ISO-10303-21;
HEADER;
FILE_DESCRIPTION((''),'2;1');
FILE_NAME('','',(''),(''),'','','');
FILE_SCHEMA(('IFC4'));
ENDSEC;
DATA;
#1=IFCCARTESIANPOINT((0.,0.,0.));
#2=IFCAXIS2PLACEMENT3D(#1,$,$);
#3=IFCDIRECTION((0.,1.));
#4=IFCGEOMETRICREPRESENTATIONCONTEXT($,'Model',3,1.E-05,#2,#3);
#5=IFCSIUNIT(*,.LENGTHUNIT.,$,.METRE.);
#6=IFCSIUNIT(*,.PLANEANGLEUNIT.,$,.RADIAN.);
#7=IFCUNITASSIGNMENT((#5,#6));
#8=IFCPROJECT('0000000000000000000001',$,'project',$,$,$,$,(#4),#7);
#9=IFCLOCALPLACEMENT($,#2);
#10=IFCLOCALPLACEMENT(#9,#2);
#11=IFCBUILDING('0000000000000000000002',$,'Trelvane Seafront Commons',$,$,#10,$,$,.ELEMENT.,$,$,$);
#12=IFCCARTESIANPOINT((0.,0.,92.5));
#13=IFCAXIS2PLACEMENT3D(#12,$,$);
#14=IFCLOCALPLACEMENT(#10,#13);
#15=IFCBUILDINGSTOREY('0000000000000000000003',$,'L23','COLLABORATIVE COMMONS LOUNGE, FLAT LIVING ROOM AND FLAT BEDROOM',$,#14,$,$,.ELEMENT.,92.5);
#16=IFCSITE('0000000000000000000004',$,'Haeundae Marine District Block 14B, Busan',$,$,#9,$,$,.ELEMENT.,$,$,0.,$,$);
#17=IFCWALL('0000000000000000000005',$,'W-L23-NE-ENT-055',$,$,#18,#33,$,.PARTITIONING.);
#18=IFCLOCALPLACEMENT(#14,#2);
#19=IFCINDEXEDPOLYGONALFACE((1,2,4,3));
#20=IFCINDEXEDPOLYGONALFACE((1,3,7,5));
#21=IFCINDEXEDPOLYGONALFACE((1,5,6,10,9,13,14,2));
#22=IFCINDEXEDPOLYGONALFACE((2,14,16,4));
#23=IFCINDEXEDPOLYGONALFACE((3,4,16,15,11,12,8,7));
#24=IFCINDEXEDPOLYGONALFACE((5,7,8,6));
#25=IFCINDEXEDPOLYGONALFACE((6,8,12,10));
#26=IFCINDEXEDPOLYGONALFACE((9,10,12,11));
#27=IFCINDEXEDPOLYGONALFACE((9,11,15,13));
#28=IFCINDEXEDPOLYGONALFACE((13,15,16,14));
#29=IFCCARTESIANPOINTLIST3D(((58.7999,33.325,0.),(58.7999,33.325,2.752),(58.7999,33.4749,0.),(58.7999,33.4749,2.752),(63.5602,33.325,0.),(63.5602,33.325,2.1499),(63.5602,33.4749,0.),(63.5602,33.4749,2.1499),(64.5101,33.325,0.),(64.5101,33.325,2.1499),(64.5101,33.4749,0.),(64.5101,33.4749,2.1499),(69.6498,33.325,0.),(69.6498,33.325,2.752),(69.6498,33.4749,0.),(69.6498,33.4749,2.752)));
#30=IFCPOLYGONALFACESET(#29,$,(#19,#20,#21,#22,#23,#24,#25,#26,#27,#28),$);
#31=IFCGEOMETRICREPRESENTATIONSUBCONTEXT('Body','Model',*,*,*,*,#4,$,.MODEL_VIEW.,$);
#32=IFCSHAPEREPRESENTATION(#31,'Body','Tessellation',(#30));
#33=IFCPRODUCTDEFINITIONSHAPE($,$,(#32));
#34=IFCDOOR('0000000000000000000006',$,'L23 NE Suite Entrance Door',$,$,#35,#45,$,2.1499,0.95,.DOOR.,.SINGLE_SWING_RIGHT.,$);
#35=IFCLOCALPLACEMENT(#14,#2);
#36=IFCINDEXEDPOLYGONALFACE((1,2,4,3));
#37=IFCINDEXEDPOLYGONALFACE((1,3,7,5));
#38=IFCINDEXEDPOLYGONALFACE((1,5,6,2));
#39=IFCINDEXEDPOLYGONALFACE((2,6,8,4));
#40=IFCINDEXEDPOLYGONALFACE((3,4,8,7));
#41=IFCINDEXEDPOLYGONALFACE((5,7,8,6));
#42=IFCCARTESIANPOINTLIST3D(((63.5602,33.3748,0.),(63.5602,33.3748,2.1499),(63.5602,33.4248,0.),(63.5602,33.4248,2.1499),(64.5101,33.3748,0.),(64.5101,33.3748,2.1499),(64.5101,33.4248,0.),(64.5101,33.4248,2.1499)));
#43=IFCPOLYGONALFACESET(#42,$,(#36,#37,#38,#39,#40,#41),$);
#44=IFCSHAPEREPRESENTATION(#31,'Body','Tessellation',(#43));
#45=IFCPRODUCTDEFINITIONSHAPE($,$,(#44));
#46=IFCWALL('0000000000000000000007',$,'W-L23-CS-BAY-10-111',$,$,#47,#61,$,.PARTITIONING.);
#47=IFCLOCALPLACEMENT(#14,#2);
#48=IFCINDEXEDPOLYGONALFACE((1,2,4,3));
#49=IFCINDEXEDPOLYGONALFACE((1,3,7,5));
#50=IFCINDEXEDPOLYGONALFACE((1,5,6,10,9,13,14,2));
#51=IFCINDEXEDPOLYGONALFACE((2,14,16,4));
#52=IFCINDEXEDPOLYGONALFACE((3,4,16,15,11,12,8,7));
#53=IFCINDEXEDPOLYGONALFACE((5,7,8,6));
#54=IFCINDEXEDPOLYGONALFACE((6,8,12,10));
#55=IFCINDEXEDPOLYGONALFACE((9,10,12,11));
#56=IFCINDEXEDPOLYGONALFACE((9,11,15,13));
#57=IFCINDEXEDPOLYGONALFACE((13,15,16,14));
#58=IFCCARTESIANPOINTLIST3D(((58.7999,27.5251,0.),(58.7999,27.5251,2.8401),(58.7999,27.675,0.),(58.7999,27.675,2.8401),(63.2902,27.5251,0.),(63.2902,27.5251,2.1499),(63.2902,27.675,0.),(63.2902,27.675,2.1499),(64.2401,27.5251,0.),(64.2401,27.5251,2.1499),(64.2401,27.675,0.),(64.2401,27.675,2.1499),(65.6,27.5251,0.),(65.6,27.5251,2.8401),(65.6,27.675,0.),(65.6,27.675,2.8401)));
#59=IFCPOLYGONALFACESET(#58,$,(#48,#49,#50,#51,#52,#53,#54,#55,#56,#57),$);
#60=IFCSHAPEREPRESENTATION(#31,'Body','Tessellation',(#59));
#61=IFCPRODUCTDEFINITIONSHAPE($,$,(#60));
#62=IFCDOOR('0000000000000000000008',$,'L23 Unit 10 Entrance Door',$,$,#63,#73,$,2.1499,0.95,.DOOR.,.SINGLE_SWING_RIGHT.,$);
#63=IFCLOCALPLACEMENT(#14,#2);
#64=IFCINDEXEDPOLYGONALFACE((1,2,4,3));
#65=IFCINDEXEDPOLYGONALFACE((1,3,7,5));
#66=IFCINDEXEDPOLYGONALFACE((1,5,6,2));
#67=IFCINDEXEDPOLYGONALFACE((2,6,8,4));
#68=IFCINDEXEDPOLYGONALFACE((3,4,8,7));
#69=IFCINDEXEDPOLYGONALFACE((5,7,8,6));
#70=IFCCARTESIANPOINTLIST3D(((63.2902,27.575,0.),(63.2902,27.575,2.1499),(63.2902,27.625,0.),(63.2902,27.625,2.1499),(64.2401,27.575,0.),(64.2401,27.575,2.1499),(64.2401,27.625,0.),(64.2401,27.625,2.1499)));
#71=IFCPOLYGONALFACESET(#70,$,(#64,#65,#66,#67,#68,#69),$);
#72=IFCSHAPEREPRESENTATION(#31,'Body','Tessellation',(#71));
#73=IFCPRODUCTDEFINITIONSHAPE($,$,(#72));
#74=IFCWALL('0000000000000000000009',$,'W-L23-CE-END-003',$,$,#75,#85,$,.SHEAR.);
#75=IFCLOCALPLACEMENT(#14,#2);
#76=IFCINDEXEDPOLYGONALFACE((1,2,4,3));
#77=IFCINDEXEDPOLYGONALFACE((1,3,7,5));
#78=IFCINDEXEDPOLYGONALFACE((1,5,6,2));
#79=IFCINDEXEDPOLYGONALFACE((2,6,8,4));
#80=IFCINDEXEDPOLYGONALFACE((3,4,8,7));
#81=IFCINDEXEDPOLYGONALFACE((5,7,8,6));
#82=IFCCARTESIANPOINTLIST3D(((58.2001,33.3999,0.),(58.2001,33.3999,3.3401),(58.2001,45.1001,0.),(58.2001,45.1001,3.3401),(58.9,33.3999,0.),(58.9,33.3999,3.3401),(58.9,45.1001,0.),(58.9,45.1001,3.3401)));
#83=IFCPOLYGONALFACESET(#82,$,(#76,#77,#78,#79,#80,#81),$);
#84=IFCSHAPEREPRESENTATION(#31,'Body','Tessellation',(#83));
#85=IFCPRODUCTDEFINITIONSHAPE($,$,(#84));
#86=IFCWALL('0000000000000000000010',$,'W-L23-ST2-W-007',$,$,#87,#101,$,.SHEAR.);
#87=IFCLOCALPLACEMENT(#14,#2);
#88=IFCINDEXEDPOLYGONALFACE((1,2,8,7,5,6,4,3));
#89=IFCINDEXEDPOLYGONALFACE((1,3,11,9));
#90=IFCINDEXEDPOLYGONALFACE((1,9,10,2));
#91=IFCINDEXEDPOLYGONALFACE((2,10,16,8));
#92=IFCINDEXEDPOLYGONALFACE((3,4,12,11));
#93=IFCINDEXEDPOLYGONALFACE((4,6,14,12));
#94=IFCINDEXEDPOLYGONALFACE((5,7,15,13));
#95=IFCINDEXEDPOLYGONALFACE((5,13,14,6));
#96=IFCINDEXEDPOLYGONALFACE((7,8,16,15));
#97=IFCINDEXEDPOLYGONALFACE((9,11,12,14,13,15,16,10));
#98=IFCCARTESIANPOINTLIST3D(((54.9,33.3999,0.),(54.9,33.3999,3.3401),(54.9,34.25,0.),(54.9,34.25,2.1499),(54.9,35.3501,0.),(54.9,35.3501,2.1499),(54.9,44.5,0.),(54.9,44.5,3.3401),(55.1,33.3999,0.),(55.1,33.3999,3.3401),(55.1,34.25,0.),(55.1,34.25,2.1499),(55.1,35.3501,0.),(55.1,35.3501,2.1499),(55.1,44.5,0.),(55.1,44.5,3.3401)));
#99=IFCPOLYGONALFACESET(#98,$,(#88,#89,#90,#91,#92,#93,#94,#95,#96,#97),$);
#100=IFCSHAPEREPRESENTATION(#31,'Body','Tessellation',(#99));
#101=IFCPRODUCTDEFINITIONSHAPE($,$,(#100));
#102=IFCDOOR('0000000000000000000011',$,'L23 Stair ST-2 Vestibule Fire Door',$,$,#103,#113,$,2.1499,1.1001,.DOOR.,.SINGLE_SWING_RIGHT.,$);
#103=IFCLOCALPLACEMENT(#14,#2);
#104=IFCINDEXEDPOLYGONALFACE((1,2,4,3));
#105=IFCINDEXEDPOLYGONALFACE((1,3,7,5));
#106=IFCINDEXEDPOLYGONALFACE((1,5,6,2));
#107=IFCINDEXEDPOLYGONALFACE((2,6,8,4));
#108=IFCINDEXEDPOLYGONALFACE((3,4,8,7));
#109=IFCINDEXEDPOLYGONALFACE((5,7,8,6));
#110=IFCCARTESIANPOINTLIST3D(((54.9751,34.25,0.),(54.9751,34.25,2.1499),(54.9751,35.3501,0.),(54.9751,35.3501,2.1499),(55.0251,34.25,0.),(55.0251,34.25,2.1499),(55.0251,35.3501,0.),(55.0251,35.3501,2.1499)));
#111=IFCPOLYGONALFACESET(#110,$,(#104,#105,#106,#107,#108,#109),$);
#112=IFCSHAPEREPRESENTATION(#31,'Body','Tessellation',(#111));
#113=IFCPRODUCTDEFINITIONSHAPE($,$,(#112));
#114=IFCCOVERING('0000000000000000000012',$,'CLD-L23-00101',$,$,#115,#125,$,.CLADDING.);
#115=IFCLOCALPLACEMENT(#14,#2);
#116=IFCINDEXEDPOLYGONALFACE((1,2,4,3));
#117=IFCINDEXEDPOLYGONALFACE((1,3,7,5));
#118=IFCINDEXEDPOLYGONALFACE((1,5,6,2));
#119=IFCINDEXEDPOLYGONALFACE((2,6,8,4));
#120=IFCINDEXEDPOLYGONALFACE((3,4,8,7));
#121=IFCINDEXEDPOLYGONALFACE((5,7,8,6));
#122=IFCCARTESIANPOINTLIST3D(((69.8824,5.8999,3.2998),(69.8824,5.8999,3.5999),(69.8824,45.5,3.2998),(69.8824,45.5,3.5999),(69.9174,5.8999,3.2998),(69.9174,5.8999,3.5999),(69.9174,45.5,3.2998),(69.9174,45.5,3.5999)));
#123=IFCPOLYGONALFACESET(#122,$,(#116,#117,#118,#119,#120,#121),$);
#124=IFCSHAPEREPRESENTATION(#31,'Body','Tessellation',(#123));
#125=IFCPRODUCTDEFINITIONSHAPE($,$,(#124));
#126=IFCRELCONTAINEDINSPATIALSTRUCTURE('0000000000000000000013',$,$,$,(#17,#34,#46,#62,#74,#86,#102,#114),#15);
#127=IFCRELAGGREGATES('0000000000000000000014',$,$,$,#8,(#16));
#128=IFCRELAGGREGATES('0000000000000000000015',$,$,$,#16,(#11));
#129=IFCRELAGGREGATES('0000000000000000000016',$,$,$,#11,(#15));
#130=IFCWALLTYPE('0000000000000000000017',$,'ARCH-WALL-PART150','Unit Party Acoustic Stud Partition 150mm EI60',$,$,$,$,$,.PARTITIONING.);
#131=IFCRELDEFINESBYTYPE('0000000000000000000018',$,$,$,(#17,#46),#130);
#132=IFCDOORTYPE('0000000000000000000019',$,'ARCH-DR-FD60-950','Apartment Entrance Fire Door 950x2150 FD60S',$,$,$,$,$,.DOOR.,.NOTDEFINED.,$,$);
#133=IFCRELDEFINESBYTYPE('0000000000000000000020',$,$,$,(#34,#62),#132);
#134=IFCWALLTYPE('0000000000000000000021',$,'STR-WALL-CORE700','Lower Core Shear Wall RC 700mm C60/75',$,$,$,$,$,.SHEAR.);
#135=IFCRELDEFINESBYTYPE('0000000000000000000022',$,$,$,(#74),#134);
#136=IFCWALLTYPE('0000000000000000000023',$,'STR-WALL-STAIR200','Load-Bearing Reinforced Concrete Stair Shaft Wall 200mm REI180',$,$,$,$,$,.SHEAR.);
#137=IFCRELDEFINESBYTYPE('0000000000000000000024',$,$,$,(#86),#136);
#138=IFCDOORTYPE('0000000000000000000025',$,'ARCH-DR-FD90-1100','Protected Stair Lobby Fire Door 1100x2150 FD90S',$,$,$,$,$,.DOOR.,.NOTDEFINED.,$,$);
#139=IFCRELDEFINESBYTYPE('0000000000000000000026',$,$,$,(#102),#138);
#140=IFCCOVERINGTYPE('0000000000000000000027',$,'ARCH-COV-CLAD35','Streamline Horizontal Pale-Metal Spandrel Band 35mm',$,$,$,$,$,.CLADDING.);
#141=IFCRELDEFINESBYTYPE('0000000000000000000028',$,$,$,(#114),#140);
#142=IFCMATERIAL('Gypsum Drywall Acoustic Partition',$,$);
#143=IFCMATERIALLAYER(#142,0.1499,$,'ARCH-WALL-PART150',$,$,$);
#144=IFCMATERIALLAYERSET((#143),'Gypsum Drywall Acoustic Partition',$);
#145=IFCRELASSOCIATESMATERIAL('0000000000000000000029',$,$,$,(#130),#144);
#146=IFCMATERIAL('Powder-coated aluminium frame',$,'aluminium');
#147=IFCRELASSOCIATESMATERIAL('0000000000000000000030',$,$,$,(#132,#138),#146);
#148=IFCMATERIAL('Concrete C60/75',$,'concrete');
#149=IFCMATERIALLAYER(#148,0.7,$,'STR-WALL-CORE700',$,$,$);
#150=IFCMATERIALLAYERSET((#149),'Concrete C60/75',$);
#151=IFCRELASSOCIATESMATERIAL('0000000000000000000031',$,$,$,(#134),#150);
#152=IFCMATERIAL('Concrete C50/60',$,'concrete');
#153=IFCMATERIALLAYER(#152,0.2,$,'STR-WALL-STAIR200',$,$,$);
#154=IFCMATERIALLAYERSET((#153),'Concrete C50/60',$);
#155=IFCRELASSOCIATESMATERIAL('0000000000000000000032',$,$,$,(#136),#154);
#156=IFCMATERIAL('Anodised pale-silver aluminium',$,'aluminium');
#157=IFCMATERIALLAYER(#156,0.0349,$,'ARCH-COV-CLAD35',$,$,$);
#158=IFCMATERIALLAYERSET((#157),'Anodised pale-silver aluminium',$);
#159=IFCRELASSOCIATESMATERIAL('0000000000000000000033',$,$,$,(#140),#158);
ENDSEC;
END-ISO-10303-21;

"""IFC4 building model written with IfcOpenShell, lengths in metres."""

from ifc_helpers import new_model, si_unit, direction, frame, frame_2d, origin, origin_2d, place, context, subcontext, project, spatial, rectangle, extrude, source, transform, mapped, material, layer, layer_set, type_object, element, fill, save


model = new_model("IFC4")

# Units and contexts
model_context = context("Model", 3, precision=1e-05, world=origin(), true_north=direction((0.0, 1.0)))
body_context = subcontext(model_context, "Body", "Model", "MODEL_VIEW")
ifc_project = project(units=[si_unit("LENGTHUNIT", "METRE"), si_unit("PLANEANGLEUNIT", "RADIAN")], contexts=[model_context])

# Site, building, storey
site_placement = place(None, origin())
site = spatial("IfcSite", under=ifc_project, at=site_placement, Name="Haeundae Marine District Block 14B, Busan", CompositionType="ELEMENT", RefElevation=0.0)
building_placement = place(site_placement, origin())
building = spatial("IfcBuilding", under=site, at=building_placement, Name="Trelvane Seafront Commons", CompositionType="ELEMENT")
storey_placement = place(building_placement, frame((0.0, 0.0, 92.5)))
storey = spatial("IfcBuildingStorey", under=building, at=storey_placement, Name="L23", Description="COLLABORATIVE COMMONS LOUNGE, FLAT LIVING ROOM AND FLAT BEDROOM", CompositionType="ELEMENT", Elevation=92.5)

# Shared definitions
ifc_material_1 = material(Name="Concrete C60/75", Category="concrete")

# Shared definitions
ifc_material_2 = material(Name="Gypsum Drywall Acoustic Partition")
shared_shape_1 = source(origin(), body_context, "Body", "SweptSolid", [
    extrude(rectangle(XDim=0.95, YDim=2.1499, at=frame_2d((0.4751, 1.075))), frame((0.0, 0.0249, 0.0), z_axis=(0.0, -1.0, 0.0), x_axis=(1.0, 0.0, 0.0)), (0.0, 0.0, 1.0), 0.05),
])

# Walls, openings, doors
ifc_layer_1 = layer(ifc_material_2, 0.1499, Name="ARCH-WALL-PART150")
ifc_layer_set_1 = layer_set([ifc_layer_1], Name="Gypsum Drywall Acoustic Partition")
wall_type_1 = type_object("IfcWallType", Name="ARCH-WALL-PART150", Description="Unit Party Acoustic Stud Partition 150mm EI60", PredefinedType="PARTITIONING", material=ifc_layer_set_1)
wall_1_placement = place(storey_placement, frame((58.8, 33.3999, 0.0), z_axis=(0.0, 0.0, 1.0), x_axis=(1.0, 0.0, 0.0)))
wall_1 = element("IfcWall", 1, at=wall_1_placement, inside=storey, type_object=wall_type_1, Name="W-L23-NE-ENT-055", PredefinedType="PARTITIONING", context=body_context, shape_type="SweptSolid", body=[
    extrude(rectangle(XDim=10.8499, YDim=0.1499, at=frame_2d((5.4248, 0.0))), origin(), (0.0, 0.0, 1.0), 2.752),
])
opening_1_placement = place(wall_1_placement, frame((4.76, 0.0, 0.0)))
opening_1 = element("IfcOpeningElement", 2, at=opening_1_placement, cuts=wall_1, PredefinedType="OPENING", context=body_context, shape_type="SweptSolid", body=[
    extrude(rectangle(XDim=0.95, YDim=2.1499, at=frame_2d((0.4751, 1.075))), frame((0.0, 0.085, 0.0), z_axis=(0.0, -1.0, 0.0), x_axis=(1.0, 0.0, 0.0)), (0.0, 0.0, 1.0), 0.1699),
])
ifc_material_3 = material(Name="Powder-coated aluminium frame", Category="aluminium")
door_type_1 = type_object("IfcDoorType", Name="ARCH-DR-FD60-950", Description="Apartment Entrance Fire Door 950x2150 FD60S", OperationType="NOTDEFINED", PredefinedType="DOOR", material=ifc_material_3)
door_1_placement = place(opening_1_placement, origin())
door_1 = element("IfcDoor", 3, at=door_1_placement, inside=storey, type_object=door_type_1, Name="L23 NE Suite Entrance Door", OperationType="SINGLE_SWING_RIGHT", OverallHeight=2.1499, OverallWidth=0.95, PredefinedType="DOOR", context=body_context, shape_type="MappedRepresentation", body=[
    mapped(shared_shape_1, transform((0.0, 0.0, 0.0), x_axis=(1.0, 0.0, 0.0), y_axis=(0.0, 1.0, 0.0), z_axis=(0.0, 0.0, 1.0), scale=1.0)),
])
fill(opening_1, door_1)
wall_2_placement = place(storey_placement, frame((58.8, 27.6001, 0.0), z_axis=(0.0, 0.0, 1.0), x_axis=(1.0, 0.0, 0.0)))
wall_2 = element("IfcWall", 4, at=wall_2_placement, inside=storey, type_object=wall_type_1, Name="W-L23-CS-BAY-10-111", PredefinedType="PARTITIONING", context=body_context, shape_type="SweptSolid", body=[
    extrude(rectangle(XDim=6.8, YDim=0.1499, at=frame_2d((3.3999, 0.0))), origin(), (0.0, 0.0, 1.0), 2.8401),
])
opening_2_placement = place(wall_2_placement, frame((4.49, 0.0, 0.0)))
opening_2 = element("IfcOpeningElement", 5, at=opening_2_placement, cuts=wall_2, PredefinedType="OPENING", context=body_context, shape_type="SweptSolid", body=[
    extrude(rectangle(XDim=0.95, YDim=2.1499, at=frame_2d((0.4751, 1.075))), frame((0.0, 0.085, 0.0), z_axis=(0.0, -1.0, 0.0), x_axis=(1.0, 0.0, 0.0)), (0.0, 0.0, 1.0), 0.1699),
])
door_2_placement = place(opening_2_placement, origin())
door_2 = element("IfcDoor", 6, at=door_2_placement, inside=storey, type_object=door_type_1, Name="L23 Unit 10 Entrance Door", OperationType="SINGLE_SWING_RIGHT", OverallHeight=2.1499, OverallWidth=0.95, PredefinedType="DOOR", context=body_context, shape_type="MappedRepresentation", body=[
    mapped(shared_shape_1, transform((0.0, 0.0, 0.0), x_axis=(1.0, 0.0, 0.0), y_axis=(0.0, 1.0, 0.0), z_axis=(0.0, 0.0, 1.0), scale=1.0)),
])
fill(opening_2, door_2)

# Wall
ifc_layer_2 = layer(ifc_material_1, 0.7, Name="STR-WALL-CORE700")
ifc_layer_set_2 = layer_set([ifc_layer_2], Name="Concrete C60/75")
wall_type_2 = type_object("IfcWallType", Name="STR-WALL-CORE700", Description="Lower Core Shear Wall RC 700mm C60/75", PredefinedType="SHEAR", material=ifc_layer_set_2)
wall_3_placement = place(storey_placement, frame((58.55, 33.3999, 0.0), z_axis=(0.0, 0.0, 1.0), x_axis=(0.0, 1.0, 0.0)))
element("IfcWall", 7, at=wall_3_placement, inside=storey, type_object=wall_type_2, Name="W-L23-CE-END-003", PredefinedType="SHEAR", context=body_context, shape_type="SweptSolid", body=[
    extrude(rectangle(XDim=11.7002, YDim=0.7, at=frame_2d((5.8501, 0.0))), origin(), (0.0, 0.0, 1.0), 3.3401),
])

# Wall, opening, door
ifc_material_4 = material(Name="Concrete C50/60", Category="concrete")
ifc_layer_3 = layer(ifc_material_4, 0.2, Name="STR-WALL-STAIR200")
ifc_layer_set_3 = layer_set([ifc_layer_3], Name="Concrete C50/60")
wall_type_3 = type_object("IfcWallType", Name="STR-WALL-STAIR200", Description="Load-Bearing Reinforced Concrete Stair Shaft Wall 200mm REI180", PredefinedType="SHEAR", material=ifc_layer_set_3)
wall_4_placement = place(storey_placement, frame((55.0, 33.3999, 0.0), z_axis=(0.0, 0.0, 1.0), x_axis=(0.0, 1.0, 0.0)))
wall_4 = element("IfcWall", 8, at=wall_4_placement, inside=storey, type_object=wall_type_3, Name="W-L23-ST2-W-007", PredefinedType="SHEAR", context=body_context, shape_type="SweptSolid", body=[
    extrude(rectangle(XDim=11.1001, YDim=0.2, at=frame_2d((5.55, 0.0))), origin(), (0.0, 0.0, 1.0), 3.3401),
])
opening_3_placement = place(wall_4_placement, frame((0.8501, 0.0, 0.0)))
opening_3 = element("IfcOpeningElement", 9, at=opening_3_placement, cuts=wall_4, PredefinedType="OPENING", context=body_context, shape_type="SweptSolid", body=[
    extrude(rectangle(XDim=1.1001, YDim=2.1499, at=frame_2d((0.55, 1.075))), frame((0.0, 0.1099, 0.0), z_axis=(0.0, -1.0, 0.0), x_axis=(1.0, 0.0, 0.0)), (0.0, 0.0, 1.0), 0.22),
])
door_type_2 = type_object("IfcDoorType", Name="ARCH-DR-FD90-1100", Description="Protected Stair Lobby Fire Door 1100x2150 FD90S", OperationType="NOTDEFINED", PredefinedType="DOOR", material=ifc_material_3)
shared_shape_2 = source(origin(), body_context, "Body", "SweptSolid", [
    extrude(rectangle(XDim=1.1001, YDim=2.1499, at=frame_2d((0.55, 1.075))), frame((0.0, 0.0249, 0.0), z_axis=(0.0, -1.0, 0.0), x_axis=(1.0, 0.0, 0.0)), (0.0, 0.0, 1.0), 0.05),
])
door_3_placement = place(opening_3_placement, origin())
door_3 = element("IfcDoor", 10, at=door_3_placement, inside=storey, type_object=door_type_2, Name="L23 Stair ST-2 Vestibule Fire Door", OperationType="SINGLE_SWING_RIGHT", OverallHeight=2.1499, OverallWidth=1.1001, PredefinedType="DOOR", context=body_context, shape_type="MappedRepresentation", body=[
    mapped(shared_shape_2, transform((0.0, 0.0, 0.0), x_axis=(1.0, 0.0, 0.0), y_axis=(0.0, 1.0, 0.0), z_axis=(0.0, 0.0, 1.0), scale=1.0)),
])
fill(opening_3, door_3)

# Covering
ifc_material_5 = material(Name="Anodised pale-silver aluminium", Category="aluminium")
ifc_layer_4 = layer(ifc_material_5, 0.0349, Name="ARCH-COV-CLAD35")
ifc_layer_set_4 = layer_set([ifc_layer_4], Name="Anodised pale-silver aluminium")
covering_type = type_object("IfcCoveringType", Name="ARCH-COV-CLAD35", Description="Streamline Horizontal Pale-Metal Spandrel Band 35mm", PredefinedType="CLADDING", material=ifc_layer_set_4)
shared_shape_3 = source(origin(), body_context, "Body", "SweptSolid", [
    extrude(rectangle(XDim=39.6001, YDim=0.0349, at=origin_2d()), origin(), (0.0, 0.0, 1.0), 0.3),
])
covering_placement = place(storey_placement, frame((69.8999, 25.7, 3.2998), z_axis=(0.0, 0.0, 1.0), x_axis=(0.0, -1.0, 0.0)))
element("IfcCovering", 11, at=covering_placement, inside=storey, type_object=covering_type, Name="CLD-L23-00101", PredefinedType="CLADDING", context=body_context, shape_type="MappedRepresentation", body=[
    mapped(shared_shape_3, transform((0.0, 0.0, 0.0), x_axis=(1.0, 0.0, 0.0), y_axis=(0.0, 1.0, 0.0), z_axis=(0.0, 0.0, 1.0), scale=1.0)),
])

save(model, "model.ifc")
